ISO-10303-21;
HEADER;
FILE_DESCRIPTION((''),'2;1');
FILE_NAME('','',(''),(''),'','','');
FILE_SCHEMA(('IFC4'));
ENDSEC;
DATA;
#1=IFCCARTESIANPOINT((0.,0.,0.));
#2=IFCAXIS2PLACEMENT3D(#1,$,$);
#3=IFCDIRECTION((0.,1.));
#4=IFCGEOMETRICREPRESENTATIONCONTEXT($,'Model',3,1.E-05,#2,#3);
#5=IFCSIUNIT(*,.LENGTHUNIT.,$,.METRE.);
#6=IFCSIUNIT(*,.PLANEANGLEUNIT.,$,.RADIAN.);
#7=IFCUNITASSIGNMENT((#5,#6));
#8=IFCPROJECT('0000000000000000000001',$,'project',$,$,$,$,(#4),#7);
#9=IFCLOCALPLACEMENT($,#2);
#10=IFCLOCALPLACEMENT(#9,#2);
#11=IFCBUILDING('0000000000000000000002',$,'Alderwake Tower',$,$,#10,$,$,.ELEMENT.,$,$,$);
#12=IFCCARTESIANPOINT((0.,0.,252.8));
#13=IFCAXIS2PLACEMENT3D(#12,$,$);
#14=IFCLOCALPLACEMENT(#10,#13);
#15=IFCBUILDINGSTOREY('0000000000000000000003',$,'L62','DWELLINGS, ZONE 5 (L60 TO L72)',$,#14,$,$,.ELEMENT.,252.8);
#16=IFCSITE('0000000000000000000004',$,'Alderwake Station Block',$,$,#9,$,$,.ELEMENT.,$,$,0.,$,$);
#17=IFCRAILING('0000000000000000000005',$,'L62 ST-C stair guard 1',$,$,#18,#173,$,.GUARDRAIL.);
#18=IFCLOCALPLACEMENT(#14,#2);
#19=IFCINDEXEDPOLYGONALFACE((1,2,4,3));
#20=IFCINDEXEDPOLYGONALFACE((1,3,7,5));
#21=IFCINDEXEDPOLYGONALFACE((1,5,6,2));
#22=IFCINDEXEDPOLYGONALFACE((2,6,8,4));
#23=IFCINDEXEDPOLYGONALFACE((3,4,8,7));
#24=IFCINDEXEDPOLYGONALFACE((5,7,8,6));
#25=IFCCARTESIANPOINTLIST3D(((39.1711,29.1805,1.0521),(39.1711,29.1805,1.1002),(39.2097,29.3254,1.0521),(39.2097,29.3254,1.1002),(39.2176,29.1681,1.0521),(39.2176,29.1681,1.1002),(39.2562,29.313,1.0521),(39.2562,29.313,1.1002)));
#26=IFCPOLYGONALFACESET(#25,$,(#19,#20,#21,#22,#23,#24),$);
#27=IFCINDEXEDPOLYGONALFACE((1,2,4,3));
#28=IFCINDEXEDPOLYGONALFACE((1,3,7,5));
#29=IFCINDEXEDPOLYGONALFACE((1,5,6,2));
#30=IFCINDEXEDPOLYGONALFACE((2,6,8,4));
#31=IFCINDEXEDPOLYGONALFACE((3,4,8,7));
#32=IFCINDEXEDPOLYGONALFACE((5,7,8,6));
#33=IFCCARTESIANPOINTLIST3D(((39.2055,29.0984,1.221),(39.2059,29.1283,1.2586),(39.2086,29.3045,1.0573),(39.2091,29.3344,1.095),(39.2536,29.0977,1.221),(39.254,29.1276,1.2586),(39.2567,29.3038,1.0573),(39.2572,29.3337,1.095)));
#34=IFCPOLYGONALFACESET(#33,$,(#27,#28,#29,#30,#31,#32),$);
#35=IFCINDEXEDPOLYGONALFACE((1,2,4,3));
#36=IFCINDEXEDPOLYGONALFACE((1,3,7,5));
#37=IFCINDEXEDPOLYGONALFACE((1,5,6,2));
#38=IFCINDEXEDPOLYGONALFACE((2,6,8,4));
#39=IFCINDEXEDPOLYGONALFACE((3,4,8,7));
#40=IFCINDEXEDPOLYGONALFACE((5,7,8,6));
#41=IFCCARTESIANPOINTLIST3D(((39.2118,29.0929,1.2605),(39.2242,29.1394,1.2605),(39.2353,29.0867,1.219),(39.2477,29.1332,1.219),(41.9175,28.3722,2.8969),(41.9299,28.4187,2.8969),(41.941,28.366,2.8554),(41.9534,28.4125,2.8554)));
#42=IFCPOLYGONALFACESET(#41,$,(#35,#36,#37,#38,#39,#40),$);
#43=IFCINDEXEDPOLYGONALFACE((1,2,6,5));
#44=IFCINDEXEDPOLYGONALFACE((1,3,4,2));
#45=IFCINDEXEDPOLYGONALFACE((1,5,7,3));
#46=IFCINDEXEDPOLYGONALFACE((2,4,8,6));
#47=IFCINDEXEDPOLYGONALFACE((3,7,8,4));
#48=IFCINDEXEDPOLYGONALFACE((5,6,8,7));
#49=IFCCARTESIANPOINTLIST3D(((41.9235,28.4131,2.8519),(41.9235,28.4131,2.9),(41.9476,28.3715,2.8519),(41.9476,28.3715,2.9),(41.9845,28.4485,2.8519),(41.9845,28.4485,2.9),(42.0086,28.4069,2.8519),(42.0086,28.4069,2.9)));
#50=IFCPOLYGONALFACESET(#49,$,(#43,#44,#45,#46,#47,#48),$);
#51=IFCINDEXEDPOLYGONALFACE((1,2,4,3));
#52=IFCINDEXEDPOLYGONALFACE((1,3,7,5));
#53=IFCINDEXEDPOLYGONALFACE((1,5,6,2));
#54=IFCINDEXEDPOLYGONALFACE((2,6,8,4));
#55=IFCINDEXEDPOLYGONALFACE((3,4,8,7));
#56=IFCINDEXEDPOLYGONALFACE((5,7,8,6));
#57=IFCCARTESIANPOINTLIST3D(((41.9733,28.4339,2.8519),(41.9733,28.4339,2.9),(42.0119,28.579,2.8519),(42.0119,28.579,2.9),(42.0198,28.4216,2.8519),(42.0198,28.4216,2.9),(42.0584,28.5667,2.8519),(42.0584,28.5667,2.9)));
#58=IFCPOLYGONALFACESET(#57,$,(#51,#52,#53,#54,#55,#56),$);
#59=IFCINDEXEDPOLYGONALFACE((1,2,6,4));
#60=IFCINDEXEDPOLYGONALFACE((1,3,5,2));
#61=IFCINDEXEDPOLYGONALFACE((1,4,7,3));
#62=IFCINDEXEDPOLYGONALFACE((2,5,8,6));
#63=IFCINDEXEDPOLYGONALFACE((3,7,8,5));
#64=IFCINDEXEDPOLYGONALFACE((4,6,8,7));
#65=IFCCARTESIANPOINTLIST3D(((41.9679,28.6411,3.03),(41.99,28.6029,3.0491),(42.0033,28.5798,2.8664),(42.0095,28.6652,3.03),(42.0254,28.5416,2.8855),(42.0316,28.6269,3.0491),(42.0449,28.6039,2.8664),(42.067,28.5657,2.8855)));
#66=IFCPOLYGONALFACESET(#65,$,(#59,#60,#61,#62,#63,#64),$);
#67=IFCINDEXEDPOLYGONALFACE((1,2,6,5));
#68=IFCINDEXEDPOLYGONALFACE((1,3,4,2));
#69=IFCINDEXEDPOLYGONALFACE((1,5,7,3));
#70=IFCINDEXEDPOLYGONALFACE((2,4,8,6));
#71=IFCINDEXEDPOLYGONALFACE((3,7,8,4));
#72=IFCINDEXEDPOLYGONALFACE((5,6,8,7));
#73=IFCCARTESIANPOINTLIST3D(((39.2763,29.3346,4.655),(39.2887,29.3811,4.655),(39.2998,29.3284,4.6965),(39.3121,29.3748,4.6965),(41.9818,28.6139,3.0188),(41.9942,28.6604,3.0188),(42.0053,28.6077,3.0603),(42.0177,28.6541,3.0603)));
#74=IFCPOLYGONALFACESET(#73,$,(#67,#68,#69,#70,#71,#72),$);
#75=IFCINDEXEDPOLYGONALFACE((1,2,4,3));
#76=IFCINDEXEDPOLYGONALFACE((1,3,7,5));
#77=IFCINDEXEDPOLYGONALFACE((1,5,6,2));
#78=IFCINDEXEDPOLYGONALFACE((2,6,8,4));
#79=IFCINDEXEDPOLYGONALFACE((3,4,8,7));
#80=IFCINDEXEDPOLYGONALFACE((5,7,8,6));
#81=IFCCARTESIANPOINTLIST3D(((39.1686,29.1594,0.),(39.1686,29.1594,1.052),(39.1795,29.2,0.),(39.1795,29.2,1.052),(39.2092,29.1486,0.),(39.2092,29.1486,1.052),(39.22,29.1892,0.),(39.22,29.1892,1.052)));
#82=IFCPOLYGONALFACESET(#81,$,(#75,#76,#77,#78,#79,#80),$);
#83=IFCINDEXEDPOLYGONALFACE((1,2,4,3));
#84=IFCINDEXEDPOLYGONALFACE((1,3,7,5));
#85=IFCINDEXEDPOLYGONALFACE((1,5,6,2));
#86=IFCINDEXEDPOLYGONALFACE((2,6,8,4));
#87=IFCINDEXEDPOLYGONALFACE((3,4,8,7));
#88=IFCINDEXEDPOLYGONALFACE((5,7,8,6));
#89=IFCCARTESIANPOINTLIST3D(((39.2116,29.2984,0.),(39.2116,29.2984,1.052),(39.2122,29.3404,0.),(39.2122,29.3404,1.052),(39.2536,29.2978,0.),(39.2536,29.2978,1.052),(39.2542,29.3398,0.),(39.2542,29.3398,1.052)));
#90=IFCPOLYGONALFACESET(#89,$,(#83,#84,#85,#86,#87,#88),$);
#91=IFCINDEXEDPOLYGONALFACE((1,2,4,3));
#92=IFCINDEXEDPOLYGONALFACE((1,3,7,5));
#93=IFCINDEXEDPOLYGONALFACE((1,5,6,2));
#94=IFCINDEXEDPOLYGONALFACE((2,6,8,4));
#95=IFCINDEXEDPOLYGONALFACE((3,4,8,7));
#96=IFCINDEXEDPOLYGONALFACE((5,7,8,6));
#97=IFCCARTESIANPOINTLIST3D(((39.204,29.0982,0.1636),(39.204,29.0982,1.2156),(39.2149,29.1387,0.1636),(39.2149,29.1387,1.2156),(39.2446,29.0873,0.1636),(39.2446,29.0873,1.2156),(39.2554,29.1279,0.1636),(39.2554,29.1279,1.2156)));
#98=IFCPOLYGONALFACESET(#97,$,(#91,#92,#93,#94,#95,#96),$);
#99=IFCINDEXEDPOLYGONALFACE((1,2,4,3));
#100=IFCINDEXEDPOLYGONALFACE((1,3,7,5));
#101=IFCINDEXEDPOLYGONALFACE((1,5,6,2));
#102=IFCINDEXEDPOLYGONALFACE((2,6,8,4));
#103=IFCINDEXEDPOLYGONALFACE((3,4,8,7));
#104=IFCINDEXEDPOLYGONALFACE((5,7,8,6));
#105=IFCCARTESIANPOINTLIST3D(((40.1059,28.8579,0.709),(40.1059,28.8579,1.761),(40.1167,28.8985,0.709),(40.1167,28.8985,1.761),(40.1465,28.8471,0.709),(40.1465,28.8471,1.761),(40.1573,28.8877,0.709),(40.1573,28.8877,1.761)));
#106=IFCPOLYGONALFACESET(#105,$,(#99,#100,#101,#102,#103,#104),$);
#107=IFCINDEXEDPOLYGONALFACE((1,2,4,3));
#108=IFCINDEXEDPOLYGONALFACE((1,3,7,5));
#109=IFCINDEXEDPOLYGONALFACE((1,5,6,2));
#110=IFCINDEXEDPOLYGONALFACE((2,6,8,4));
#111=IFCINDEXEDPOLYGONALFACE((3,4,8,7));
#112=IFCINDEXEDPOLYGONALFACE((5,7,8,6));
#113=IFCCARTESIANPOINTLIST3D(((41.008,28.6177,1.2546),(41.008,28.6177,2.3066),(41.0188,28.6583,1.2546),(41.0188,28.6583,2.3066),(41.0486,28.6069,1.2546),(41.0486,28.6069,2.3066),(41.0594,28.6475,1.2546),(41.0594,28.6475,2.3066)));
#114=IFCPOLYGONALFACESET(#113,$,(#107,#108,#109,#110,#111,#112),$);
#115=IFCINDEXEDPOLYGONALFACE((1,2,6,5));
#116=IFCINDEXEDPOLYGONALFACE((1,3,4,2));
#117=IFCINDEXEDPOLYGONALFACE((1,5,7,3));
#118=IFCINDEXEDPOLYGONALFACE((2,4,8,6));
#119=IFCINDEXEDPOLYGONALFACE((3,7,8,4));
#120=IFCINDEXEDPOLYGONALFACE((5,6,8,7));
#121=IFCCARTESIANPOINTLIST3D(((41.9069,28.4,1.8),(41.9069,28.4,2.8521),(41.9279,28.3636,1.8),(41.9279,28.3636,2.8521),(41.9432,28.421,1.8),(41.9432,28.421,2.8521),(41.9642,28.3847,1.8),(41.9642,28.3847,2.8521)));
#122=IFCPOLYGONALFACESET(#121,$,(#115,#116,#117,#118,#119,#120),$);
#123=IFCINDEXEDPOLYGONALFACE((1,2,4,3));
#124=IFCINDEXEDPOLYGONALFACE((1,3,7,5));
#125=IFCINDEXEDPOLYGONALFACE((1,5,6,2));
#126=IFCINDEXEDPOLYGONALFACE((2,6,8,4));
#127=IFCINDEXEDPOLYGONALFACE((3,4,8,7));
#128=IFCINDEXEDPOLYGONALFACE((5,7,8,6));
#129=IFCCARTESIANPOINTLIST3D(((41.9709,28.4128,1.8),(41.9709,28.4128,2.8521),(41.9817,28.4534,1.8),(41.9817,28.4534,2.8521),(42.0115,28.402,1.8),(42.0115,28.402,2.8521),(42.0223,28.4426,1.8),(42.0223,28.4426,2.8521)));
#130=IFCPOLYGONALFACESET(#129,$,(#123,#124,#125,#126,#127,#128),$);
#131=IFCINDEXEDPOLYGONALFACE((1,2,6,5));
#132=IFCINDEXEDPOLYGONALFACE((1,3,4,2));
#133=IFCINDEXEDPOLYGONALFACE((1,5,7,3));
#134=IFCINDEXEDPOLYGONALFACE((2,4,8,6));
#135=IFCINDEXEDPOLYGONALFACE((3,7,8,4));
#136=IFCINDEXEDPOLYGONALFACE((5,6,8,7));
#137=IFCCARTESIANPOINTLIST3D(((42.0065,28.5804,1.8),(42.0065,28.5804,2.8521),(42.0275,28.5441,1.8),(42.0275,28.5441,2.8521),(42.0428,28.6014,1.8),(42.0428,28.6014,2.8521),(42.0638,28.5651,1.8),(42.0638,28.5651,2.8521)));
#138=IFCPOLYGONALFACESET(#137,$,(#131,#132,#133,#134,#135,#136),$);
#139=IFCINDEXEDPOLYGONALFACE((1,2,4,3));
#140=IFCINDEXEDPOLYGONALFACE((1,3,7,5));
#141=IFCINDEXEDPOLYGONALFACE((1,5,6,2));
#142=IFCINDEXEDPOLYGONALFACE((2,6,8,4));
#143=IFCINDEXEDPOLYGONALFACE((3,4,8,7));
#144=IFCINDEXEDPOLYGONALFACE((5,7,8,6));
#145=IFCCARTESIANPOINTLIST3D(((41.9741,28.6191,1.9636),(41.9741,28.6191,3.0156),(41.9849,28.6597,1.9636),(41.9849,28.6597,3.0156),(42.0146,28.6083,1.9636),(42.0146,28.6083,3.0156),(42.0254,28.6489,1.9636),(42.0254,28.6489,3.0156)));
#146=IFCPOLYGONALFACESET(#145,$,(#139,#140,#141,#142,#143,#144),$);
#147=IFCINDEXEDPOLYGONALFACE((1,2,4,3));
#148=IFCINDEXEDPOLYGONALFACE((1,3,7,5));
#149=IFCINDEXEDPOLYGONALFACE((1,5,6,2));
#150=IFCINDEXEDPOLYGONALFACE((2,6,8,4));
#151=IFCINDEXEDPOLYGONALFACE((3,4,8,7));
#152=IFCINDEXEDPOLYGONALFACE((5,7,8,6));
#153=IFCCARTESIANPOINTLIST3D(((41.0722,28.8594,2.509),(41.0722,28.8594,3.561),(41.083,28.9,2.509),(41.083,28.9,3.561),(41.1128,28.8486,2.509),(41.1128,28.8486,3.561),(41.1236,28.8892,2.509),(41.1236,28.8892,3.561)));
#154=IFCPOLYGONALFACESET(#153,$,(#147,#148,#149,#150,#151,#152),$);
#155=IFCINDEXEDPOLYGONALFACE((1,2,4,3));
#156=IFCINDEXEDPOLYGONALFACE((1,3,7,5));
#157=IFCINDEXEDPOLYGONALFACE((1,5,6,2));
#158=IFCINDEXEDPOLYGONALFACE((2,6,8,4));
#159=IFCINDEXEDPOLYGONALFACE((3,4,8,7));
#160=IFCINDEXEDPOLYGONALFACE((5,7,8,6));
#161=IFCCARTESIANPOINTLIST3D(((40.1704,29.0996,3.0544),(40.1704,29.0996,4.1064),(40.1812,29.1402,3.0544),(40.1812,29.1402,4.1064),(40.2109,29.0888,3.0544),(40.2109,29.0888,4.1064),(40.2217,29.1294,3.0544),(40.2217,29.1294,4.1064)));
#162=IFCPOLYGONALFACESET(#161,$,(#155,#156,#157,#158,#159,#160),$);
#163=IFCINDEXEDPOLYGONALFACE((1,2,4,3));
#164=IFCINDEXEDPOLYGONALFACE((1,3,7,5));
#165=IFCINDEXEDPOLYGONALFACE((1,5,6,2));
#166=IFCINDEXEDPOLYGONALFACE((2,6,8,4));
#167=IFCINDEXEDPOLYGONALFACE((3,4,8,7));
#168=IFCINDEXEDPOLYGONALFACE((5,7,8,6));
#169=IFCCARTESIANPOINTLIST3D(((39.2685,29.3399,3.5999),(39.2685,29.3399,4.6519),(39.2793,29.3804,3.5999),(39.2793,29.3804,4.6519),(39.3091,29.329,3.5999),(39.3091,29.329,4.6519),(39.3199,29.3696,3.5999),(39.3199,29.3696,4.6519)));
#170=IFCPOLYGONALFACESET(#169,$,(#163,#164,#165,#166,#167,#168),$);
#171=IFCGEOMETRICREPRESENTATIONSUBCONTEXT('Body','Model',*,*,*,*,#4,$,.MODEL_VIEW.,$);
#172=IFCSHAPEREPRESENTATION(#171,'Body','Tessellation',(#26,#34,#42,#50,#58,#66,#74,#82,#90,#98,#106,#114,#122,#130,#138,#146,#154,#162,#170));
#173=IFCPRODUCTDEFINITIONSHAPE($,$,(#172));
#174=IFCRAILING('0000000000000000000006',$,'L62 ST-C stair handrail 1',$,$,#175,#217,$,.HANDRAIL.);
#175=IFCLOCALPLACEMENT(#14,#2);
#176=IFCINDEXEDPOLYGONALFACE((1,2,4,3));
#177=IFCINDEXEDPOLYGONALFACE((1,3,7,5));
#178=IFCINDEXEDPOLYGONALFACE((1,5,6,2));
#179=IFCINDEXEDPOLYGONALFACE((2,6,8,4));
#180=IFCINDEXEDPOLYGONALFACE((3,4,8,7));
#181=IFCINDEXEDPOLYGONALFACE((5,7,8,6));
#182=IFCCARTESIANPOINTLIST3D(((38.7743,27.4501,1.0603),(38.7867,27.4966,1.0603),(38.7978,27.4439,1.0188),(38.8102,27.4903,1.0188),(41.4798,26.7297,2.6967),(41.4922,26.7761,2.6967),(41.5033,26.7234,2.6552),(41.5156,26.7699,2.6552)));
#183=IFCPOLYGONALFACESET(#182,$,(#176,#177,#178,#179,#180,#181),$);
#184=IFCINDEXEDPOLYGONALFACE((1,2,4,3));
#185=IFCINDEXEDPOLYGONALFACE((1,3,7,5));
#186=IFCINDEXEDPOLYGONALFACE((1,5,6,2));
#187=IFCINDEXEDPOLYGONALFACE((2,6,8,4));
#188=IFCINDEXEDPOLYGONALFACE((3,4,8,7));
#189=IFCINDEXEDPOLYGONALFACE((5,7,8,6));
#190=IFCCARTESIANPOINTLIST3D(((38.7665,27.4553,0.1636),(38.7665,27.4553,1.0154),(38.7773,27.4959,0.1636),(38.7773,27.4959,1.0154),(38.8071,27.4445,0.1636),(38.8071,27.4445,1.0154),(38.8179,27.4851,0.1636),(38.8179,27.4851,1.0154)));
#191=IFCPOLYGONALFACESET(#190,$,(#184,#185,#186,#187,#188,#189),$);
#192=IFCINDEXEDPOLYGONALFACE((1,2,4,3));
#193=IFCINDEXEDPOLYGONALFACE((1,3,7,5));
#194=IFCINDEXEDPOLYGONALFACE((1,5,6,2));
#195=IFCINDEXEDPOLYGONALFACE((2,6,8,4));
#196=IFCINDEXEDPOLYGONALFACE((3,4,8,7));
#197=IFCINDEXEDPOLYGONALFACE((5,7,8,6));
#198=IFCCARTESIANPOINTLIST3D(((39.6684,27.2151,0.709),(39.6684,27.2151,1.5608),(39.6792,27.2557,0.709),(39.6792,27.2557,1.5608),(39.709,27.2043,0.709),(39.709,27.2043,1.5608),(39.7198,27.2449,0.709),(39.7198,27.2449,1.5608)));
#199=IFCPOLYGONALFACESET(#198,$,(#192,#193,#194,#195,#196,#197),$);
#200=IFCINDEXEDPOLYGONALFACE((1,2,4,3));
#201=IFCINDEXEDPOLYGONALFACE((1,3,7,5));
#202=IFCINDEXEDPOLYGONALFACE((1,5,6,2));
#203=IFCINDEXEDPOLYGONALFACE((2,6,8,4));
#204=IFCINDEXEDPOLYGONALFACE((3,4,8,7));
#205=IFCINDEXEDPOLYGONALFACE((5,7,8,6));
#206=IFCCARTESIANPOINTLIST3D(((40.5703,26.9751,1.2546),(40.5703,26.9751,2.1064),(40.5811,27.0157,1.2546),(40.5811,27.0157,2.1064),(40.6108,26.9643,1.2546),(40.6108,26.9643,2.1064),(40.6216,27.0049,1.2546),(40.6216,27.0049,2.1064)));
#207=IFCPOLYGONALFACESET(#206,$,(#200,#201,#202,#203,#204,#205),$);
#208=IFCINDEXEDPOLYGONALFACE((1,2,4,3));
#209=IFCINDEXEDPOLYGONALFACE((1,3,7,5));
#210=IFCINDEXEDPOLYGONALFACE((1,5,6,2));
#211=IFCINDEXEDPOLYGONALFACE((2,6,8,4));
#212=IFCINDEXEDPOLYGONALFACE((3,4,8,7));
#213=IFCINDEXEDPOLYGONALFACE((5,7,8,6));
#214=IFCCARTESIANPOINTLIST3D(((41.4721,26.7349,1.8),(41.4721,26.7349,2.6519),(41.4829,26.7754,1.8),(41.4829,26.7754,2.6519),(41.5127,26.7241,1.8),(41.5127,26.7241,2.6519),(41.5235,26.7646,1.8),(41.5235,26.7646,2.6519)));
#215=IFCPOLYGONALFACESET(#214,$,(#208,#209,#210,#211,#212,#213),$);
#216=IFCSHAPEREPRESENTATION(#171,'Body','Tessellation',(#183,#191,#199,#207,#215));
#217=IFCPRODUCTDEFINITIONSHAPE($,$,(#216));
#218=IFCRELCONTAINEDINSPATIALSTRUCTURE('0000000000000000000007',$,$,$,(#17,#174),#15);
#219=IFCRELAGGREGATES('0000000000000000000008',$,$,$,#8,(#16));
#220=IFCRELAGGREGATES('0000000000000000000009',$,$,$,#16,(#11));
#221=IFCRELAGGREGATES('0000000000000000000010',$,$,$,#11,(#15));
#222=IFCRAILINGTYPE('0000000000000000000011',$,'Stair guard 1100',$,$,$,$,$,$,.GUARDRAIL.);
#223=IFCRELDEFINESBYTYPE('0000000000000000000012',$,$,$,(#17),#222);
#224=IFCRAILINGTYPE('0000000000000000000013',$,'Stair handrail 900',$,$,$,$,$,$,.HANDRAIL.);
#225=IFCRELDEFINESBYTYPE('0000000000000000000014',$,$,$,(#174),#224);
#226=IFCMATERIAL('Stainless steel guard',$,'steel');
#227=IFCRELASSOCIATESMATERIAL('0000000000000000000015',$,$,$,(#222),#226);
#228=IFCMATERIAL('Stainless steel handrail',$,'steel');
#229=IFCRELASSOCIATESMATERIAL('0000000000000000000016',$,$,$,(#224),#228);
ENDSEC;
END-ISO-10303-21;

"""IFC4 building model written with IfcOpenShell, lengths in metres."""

from ifc_helpers import new_model, si_unit, direction, frame, origin, origin_2d, place, context, subcontext, project, spatial, rectangle, extrude, material, type_object, element, save


model = new_model("IFC4")

# Units and contexts
model_context = context("Model", 3, precision=1e-05, world=origin(), true_north=direction((0.0, 1.0)))
body_context = subcontext(model_context, "Body", "Model", "MODEL_VIEW")
ifc_project = project(units=[si_unit("LENGTHUNIT", "METRE"), si_unit("PLANEANGLEUNIT", "RADIAN")], contexts=[model_context])

# Site, building, storey
site_placement = place(None, origin())
site = spatial("IfcSite", under=ifc_project, at=site_placement, Name="Alderwake Station Block", CompositionType="ELEMENT", RefElevation=0.0)
building_placement = place(site_placement, origin())
building = spatial("IfcBuilding", under=site, at=building_placement, Name="Alderwake Tower", CompositionType="ELEMENT")
storey_placement = place(building_placement, frame((0.0, 0.0, 252.8)))
storey = spatial("IfcBuildingStorey", under=building, at=storey_placement, Name="L62", Description="DWELLINGS, ZONE 5 (L60 TO L72)", CompositionType="ELEMENT", Elevation=252.8)

# Railings
ifc_material_1 = material(Name="Stainless steel guard", Category="steel")
railing_type_1 = type_object("IfcRailingType", Name="Stair guard 1100", PredefinedType="GUARDRAIL", material=ifc_material_1)
railing_1_placement = place(storey_placement, frame((39.1943, 29.1743, 0.0)))
element("IfcRailing", 1, at=railing_1_placement, inside=storey, type_object=railing_type_1, Name="L62 ST-C stair guard 1", PredefinedType="GUARDRAIL", context=body_context, shape_type="SweptSolid", body=[
    extrude(rectangle(XDim=0.0481, YDim=0.0481, at=origin_2d()), frame((0.0, 0.0, 1.0762), z_axis=(0.25746, 0.966289, 0.0), x_axis=(-0.966289, 0.25746, 0.0)), (0.0, 0.0, 1.0), 0.1499),
    extrude(rectangle(XDim=0.0481, YDim=0.0481, at=origin_2d()), frame((0.0386, 0.1448, 1.0762), z_axis=(-0.012063, -0.78316, 0.621703), x_axis=(0.999881, -0.015401, 0.0)), (0.0, 0.0, 1.0), 0.2632),
    extrude(rectangle(XDim=0.0481, YDim=0.0481, at=origin_2d()), frame((0.0354, -0.0613, 1.2397), z_axis=(0.834282, -0.222214, 0.504574), x_axis=(0.25738, 0.96631, 0.0)), (0.0, 0.0, 1.0), 3.2432),
    extrude(rectangle(XDim=0.0481, YDim=0.0481, at=origin_2d()), frame((2.7412, -0.782, 2.876), z_axis=(0.865031, 0.501718, 0.0), x_axis=(-0.501718, 0.865031, 0.0)), (0.0, 0.0, 1.0), 0.0706),
    extrude(rectangle(XDim=0.0481, YDim=0.0481, at=origin_2d()), frame((2.8022, -0.7466, 2.876), z_axis=(0.257055, 0.966397, 0.0), x_axis=(-0.966397, 0.257055, 0.0)), (0.0, 0.0, 1.0), 0.1501),
    extrude(rectangle(XDim=0.0481, YDim=0.0481, at=origin_2d()), frame((2.8408, -0.6016, 2.876), z_axis=(-0.198625, 0.343827, 0.917786), x_axis=(-0.865898, -0.50022, 0.0)), (0.0, 0.0, 1.0), 0.1782),
    extrude(rectangle(XDim=0.0481, YDim=0.0481, at=origin_2d()), frame((2.8054, -0.5403, 3.0396), z_axis=(-0.834291, 0.222237, 0.504549), x_axis=(-0.257402, -0.966304, 0.0)), (0.0, 0.0, 1.0), 3.2429),
    extrude(rectangle(XDim=0.042, YDim=0.042, at=origin_2d()), frame((0.0, 0.0, 0.0), z_axis=(0.0, 0.0, 1.0), x_axis=(0.25746, 0.966289, 0.0)), (0.0, 0.0, 1.0), 1.052),
    extrude(rectangle(XDim=0.042, YDim=0.042, at=origin_2d()), frame((0.0386, 0.1448, 0.0), z_axis=(0.0, 0.0, 1.0), x_axis=(-0.015401, -0.999881, 0.0)), (0.0, 0.0, 1.0), 1.052),
    extrude(rectangle(XDim=0.042, YDim=0.042, at=origin_2d()), frame((0.0354, -0.0613, 0.1636), z_axis=(0.0, 0.0, 1.0), x_axis=(0.96631, -0.25738, 0.0)), (0.0, 0.0, 1.0), 1.052),
    extrude(rectangle(XDim=0.042, YDim=0.042, at=origin_2d()), frame((0.9373, -0.3015, 0.709), z_axis=(0.0, 0.0, 1.0), x_axis=(0.96631, -0.25738, 0.0)), (0.0, 0.0, 1.0), 1.052),
    extrude(rectangle(XDim=0.042, YDim=0.042, at=origin_2d()), frame((1.8394, -0.5417, 1.2546), z_axis=(0.0, 0.0, 1.0), x_axis=(0.96631, -0.25738, 0.0)), (0.0, 0.0, 1.0), 1.052),
    extrude(rectangle(XDim=0.042, YDim=0.042, at=origin_2d()), frame((2.7412, -0.782, 1.8), z_axis=(0.0, 0.0, 1.0), x_axis=(0.865031, 0.501718, 0.0)), (0.0, 0.0, 1.0), 1.052),
    extrude(rectangle(XDim=0.042, YDim=0.042, at=origin_2d()), frame((2.8022, -0.7466, 1.8), z_axis=(0.0, 0.0, 1.0), x_axis=(0.257055, 0.966397, 0.0)), (0.0, 0.0, 1.0), 1.052),
    extrude(rectangle(XDim=0.042, YDim=0.042, at=origin_2d()), frame((2.8408, -0.6016, 1.8), z_axis=(0.0, 0.0, 1.0), x_axis=(-0.50022, 0.865898, 0.0)), (0.0, 0.0, 1.0), 1.052),
    extrude(rectangle(XDim=0.042, YDim=0.042, at=origin_2d()), frame((2.8054, -0.5403, 1.9636), z_axis=(0.0, 0.0, 1.0), x_axis=(-0.966304, 0.257402, 0.0)), (0.0, 0.0, 1.0), 1.052),
    extrude(rectangle(XDim=0.042, YDim=0.042, at=origin_2d()), frame((1.9036, -0.3, 2.509), z_axis=(0.0, 0.0, 1.0), x_axis=(-0.966304, 0.257402, 0.0)), (0.0, 0.0, 1.0), 1.052),
    extrude(rectangle(XDim=0.042, YDim=0.042, at=origin_2d()), frame((1.0017, -0.0598, 3.0544), z_axis=(0.0, 0.0, 1.0), x_axis=(-0.966304, 0.257402, 0.0)), (0.0, 0.0, 1.0), 1.052),
    extrude(rectangle(XDim=0.042, YDim=0.042, at=origin_2d()), frame((0.0999, 0.1804, 3.5999), z_axis=(0.0, 0.0, 1.0), x_axis=(-0.966304, 0.257402, 0.0)), (0.0, 0.0, 1.0), 1.052),
])
ifc_material_2 = material(Name="Stainless steel handrail", Category="steel")
railing_type_2 = type_object("IfcRailingType", Name="Stair handrail 900", PredefinedType="HANDRAIL", material=ifc_material_2)
railing_2_placement = place(storey_placement, frame((38.7922, 27.4702, 0.1636)))
element("IfcRailing", 2, at=railing_2_placement, inside=storey, type_object=railing_type_2, Name="L62 ST-C stair handrail 1", PredefinedType="HANDRAIL", context=body_context, shape_type="SweptSolid", body=[
    extrude(rectangle(XDim=0.0481, YDim=0.0481, at=origin_2d()), frame((0.0, 0.0, 0.876), z_axis=(0.834273, -0.222157, 0.504614), x_axis=(0.257321, 0.966326, 0.0)), (0.0, 0.0, 1.0), 3.2429),
    extrude(rectangle(XDim=0.042, YDim=0.042, at=origin_2d()), frame((0.0, 0.0, 0.0), z_axis=(0.0, 0.0, 1.0), x_axis=(0.966326, -0.257321, 0.0)), (0.0, 0.0, 1.0), 0.8518),
    extrude(rectangle(XDim=0.042, YDim=0.042, at=origin_2d()), frame((0.9019, -0.2402, 0.5454), z_axis=(0.0, 0.0, 1.0), x_axis=(0.966326, -0.257321, 0.0)), (0.0, 0.0, 1.0), 0.8518),
    extrude(rectangle(XDim=0.042, YDim=0.042, at=origin_2d()), frame((1.8037, -0.4802, 1.0911), z_axis=(0.0, 0.0, 1.0), x_axis=(0.966326, -0.257321, 0.0)), (0.0, 0.0, 1.0), 0.8518),
    extrude(rectangle(XDim=0.042, YDim=0.042, at=origin_2d()), frame((2.7056, -0.7205, 1.6365), z_axis=(0.0, 0.0, 1.0), x_axis=(0.966326, -0.257321, 0.0)), (0.0, 0.0, 1.0), 0.8518),
])

save(model, "model.ifc")
